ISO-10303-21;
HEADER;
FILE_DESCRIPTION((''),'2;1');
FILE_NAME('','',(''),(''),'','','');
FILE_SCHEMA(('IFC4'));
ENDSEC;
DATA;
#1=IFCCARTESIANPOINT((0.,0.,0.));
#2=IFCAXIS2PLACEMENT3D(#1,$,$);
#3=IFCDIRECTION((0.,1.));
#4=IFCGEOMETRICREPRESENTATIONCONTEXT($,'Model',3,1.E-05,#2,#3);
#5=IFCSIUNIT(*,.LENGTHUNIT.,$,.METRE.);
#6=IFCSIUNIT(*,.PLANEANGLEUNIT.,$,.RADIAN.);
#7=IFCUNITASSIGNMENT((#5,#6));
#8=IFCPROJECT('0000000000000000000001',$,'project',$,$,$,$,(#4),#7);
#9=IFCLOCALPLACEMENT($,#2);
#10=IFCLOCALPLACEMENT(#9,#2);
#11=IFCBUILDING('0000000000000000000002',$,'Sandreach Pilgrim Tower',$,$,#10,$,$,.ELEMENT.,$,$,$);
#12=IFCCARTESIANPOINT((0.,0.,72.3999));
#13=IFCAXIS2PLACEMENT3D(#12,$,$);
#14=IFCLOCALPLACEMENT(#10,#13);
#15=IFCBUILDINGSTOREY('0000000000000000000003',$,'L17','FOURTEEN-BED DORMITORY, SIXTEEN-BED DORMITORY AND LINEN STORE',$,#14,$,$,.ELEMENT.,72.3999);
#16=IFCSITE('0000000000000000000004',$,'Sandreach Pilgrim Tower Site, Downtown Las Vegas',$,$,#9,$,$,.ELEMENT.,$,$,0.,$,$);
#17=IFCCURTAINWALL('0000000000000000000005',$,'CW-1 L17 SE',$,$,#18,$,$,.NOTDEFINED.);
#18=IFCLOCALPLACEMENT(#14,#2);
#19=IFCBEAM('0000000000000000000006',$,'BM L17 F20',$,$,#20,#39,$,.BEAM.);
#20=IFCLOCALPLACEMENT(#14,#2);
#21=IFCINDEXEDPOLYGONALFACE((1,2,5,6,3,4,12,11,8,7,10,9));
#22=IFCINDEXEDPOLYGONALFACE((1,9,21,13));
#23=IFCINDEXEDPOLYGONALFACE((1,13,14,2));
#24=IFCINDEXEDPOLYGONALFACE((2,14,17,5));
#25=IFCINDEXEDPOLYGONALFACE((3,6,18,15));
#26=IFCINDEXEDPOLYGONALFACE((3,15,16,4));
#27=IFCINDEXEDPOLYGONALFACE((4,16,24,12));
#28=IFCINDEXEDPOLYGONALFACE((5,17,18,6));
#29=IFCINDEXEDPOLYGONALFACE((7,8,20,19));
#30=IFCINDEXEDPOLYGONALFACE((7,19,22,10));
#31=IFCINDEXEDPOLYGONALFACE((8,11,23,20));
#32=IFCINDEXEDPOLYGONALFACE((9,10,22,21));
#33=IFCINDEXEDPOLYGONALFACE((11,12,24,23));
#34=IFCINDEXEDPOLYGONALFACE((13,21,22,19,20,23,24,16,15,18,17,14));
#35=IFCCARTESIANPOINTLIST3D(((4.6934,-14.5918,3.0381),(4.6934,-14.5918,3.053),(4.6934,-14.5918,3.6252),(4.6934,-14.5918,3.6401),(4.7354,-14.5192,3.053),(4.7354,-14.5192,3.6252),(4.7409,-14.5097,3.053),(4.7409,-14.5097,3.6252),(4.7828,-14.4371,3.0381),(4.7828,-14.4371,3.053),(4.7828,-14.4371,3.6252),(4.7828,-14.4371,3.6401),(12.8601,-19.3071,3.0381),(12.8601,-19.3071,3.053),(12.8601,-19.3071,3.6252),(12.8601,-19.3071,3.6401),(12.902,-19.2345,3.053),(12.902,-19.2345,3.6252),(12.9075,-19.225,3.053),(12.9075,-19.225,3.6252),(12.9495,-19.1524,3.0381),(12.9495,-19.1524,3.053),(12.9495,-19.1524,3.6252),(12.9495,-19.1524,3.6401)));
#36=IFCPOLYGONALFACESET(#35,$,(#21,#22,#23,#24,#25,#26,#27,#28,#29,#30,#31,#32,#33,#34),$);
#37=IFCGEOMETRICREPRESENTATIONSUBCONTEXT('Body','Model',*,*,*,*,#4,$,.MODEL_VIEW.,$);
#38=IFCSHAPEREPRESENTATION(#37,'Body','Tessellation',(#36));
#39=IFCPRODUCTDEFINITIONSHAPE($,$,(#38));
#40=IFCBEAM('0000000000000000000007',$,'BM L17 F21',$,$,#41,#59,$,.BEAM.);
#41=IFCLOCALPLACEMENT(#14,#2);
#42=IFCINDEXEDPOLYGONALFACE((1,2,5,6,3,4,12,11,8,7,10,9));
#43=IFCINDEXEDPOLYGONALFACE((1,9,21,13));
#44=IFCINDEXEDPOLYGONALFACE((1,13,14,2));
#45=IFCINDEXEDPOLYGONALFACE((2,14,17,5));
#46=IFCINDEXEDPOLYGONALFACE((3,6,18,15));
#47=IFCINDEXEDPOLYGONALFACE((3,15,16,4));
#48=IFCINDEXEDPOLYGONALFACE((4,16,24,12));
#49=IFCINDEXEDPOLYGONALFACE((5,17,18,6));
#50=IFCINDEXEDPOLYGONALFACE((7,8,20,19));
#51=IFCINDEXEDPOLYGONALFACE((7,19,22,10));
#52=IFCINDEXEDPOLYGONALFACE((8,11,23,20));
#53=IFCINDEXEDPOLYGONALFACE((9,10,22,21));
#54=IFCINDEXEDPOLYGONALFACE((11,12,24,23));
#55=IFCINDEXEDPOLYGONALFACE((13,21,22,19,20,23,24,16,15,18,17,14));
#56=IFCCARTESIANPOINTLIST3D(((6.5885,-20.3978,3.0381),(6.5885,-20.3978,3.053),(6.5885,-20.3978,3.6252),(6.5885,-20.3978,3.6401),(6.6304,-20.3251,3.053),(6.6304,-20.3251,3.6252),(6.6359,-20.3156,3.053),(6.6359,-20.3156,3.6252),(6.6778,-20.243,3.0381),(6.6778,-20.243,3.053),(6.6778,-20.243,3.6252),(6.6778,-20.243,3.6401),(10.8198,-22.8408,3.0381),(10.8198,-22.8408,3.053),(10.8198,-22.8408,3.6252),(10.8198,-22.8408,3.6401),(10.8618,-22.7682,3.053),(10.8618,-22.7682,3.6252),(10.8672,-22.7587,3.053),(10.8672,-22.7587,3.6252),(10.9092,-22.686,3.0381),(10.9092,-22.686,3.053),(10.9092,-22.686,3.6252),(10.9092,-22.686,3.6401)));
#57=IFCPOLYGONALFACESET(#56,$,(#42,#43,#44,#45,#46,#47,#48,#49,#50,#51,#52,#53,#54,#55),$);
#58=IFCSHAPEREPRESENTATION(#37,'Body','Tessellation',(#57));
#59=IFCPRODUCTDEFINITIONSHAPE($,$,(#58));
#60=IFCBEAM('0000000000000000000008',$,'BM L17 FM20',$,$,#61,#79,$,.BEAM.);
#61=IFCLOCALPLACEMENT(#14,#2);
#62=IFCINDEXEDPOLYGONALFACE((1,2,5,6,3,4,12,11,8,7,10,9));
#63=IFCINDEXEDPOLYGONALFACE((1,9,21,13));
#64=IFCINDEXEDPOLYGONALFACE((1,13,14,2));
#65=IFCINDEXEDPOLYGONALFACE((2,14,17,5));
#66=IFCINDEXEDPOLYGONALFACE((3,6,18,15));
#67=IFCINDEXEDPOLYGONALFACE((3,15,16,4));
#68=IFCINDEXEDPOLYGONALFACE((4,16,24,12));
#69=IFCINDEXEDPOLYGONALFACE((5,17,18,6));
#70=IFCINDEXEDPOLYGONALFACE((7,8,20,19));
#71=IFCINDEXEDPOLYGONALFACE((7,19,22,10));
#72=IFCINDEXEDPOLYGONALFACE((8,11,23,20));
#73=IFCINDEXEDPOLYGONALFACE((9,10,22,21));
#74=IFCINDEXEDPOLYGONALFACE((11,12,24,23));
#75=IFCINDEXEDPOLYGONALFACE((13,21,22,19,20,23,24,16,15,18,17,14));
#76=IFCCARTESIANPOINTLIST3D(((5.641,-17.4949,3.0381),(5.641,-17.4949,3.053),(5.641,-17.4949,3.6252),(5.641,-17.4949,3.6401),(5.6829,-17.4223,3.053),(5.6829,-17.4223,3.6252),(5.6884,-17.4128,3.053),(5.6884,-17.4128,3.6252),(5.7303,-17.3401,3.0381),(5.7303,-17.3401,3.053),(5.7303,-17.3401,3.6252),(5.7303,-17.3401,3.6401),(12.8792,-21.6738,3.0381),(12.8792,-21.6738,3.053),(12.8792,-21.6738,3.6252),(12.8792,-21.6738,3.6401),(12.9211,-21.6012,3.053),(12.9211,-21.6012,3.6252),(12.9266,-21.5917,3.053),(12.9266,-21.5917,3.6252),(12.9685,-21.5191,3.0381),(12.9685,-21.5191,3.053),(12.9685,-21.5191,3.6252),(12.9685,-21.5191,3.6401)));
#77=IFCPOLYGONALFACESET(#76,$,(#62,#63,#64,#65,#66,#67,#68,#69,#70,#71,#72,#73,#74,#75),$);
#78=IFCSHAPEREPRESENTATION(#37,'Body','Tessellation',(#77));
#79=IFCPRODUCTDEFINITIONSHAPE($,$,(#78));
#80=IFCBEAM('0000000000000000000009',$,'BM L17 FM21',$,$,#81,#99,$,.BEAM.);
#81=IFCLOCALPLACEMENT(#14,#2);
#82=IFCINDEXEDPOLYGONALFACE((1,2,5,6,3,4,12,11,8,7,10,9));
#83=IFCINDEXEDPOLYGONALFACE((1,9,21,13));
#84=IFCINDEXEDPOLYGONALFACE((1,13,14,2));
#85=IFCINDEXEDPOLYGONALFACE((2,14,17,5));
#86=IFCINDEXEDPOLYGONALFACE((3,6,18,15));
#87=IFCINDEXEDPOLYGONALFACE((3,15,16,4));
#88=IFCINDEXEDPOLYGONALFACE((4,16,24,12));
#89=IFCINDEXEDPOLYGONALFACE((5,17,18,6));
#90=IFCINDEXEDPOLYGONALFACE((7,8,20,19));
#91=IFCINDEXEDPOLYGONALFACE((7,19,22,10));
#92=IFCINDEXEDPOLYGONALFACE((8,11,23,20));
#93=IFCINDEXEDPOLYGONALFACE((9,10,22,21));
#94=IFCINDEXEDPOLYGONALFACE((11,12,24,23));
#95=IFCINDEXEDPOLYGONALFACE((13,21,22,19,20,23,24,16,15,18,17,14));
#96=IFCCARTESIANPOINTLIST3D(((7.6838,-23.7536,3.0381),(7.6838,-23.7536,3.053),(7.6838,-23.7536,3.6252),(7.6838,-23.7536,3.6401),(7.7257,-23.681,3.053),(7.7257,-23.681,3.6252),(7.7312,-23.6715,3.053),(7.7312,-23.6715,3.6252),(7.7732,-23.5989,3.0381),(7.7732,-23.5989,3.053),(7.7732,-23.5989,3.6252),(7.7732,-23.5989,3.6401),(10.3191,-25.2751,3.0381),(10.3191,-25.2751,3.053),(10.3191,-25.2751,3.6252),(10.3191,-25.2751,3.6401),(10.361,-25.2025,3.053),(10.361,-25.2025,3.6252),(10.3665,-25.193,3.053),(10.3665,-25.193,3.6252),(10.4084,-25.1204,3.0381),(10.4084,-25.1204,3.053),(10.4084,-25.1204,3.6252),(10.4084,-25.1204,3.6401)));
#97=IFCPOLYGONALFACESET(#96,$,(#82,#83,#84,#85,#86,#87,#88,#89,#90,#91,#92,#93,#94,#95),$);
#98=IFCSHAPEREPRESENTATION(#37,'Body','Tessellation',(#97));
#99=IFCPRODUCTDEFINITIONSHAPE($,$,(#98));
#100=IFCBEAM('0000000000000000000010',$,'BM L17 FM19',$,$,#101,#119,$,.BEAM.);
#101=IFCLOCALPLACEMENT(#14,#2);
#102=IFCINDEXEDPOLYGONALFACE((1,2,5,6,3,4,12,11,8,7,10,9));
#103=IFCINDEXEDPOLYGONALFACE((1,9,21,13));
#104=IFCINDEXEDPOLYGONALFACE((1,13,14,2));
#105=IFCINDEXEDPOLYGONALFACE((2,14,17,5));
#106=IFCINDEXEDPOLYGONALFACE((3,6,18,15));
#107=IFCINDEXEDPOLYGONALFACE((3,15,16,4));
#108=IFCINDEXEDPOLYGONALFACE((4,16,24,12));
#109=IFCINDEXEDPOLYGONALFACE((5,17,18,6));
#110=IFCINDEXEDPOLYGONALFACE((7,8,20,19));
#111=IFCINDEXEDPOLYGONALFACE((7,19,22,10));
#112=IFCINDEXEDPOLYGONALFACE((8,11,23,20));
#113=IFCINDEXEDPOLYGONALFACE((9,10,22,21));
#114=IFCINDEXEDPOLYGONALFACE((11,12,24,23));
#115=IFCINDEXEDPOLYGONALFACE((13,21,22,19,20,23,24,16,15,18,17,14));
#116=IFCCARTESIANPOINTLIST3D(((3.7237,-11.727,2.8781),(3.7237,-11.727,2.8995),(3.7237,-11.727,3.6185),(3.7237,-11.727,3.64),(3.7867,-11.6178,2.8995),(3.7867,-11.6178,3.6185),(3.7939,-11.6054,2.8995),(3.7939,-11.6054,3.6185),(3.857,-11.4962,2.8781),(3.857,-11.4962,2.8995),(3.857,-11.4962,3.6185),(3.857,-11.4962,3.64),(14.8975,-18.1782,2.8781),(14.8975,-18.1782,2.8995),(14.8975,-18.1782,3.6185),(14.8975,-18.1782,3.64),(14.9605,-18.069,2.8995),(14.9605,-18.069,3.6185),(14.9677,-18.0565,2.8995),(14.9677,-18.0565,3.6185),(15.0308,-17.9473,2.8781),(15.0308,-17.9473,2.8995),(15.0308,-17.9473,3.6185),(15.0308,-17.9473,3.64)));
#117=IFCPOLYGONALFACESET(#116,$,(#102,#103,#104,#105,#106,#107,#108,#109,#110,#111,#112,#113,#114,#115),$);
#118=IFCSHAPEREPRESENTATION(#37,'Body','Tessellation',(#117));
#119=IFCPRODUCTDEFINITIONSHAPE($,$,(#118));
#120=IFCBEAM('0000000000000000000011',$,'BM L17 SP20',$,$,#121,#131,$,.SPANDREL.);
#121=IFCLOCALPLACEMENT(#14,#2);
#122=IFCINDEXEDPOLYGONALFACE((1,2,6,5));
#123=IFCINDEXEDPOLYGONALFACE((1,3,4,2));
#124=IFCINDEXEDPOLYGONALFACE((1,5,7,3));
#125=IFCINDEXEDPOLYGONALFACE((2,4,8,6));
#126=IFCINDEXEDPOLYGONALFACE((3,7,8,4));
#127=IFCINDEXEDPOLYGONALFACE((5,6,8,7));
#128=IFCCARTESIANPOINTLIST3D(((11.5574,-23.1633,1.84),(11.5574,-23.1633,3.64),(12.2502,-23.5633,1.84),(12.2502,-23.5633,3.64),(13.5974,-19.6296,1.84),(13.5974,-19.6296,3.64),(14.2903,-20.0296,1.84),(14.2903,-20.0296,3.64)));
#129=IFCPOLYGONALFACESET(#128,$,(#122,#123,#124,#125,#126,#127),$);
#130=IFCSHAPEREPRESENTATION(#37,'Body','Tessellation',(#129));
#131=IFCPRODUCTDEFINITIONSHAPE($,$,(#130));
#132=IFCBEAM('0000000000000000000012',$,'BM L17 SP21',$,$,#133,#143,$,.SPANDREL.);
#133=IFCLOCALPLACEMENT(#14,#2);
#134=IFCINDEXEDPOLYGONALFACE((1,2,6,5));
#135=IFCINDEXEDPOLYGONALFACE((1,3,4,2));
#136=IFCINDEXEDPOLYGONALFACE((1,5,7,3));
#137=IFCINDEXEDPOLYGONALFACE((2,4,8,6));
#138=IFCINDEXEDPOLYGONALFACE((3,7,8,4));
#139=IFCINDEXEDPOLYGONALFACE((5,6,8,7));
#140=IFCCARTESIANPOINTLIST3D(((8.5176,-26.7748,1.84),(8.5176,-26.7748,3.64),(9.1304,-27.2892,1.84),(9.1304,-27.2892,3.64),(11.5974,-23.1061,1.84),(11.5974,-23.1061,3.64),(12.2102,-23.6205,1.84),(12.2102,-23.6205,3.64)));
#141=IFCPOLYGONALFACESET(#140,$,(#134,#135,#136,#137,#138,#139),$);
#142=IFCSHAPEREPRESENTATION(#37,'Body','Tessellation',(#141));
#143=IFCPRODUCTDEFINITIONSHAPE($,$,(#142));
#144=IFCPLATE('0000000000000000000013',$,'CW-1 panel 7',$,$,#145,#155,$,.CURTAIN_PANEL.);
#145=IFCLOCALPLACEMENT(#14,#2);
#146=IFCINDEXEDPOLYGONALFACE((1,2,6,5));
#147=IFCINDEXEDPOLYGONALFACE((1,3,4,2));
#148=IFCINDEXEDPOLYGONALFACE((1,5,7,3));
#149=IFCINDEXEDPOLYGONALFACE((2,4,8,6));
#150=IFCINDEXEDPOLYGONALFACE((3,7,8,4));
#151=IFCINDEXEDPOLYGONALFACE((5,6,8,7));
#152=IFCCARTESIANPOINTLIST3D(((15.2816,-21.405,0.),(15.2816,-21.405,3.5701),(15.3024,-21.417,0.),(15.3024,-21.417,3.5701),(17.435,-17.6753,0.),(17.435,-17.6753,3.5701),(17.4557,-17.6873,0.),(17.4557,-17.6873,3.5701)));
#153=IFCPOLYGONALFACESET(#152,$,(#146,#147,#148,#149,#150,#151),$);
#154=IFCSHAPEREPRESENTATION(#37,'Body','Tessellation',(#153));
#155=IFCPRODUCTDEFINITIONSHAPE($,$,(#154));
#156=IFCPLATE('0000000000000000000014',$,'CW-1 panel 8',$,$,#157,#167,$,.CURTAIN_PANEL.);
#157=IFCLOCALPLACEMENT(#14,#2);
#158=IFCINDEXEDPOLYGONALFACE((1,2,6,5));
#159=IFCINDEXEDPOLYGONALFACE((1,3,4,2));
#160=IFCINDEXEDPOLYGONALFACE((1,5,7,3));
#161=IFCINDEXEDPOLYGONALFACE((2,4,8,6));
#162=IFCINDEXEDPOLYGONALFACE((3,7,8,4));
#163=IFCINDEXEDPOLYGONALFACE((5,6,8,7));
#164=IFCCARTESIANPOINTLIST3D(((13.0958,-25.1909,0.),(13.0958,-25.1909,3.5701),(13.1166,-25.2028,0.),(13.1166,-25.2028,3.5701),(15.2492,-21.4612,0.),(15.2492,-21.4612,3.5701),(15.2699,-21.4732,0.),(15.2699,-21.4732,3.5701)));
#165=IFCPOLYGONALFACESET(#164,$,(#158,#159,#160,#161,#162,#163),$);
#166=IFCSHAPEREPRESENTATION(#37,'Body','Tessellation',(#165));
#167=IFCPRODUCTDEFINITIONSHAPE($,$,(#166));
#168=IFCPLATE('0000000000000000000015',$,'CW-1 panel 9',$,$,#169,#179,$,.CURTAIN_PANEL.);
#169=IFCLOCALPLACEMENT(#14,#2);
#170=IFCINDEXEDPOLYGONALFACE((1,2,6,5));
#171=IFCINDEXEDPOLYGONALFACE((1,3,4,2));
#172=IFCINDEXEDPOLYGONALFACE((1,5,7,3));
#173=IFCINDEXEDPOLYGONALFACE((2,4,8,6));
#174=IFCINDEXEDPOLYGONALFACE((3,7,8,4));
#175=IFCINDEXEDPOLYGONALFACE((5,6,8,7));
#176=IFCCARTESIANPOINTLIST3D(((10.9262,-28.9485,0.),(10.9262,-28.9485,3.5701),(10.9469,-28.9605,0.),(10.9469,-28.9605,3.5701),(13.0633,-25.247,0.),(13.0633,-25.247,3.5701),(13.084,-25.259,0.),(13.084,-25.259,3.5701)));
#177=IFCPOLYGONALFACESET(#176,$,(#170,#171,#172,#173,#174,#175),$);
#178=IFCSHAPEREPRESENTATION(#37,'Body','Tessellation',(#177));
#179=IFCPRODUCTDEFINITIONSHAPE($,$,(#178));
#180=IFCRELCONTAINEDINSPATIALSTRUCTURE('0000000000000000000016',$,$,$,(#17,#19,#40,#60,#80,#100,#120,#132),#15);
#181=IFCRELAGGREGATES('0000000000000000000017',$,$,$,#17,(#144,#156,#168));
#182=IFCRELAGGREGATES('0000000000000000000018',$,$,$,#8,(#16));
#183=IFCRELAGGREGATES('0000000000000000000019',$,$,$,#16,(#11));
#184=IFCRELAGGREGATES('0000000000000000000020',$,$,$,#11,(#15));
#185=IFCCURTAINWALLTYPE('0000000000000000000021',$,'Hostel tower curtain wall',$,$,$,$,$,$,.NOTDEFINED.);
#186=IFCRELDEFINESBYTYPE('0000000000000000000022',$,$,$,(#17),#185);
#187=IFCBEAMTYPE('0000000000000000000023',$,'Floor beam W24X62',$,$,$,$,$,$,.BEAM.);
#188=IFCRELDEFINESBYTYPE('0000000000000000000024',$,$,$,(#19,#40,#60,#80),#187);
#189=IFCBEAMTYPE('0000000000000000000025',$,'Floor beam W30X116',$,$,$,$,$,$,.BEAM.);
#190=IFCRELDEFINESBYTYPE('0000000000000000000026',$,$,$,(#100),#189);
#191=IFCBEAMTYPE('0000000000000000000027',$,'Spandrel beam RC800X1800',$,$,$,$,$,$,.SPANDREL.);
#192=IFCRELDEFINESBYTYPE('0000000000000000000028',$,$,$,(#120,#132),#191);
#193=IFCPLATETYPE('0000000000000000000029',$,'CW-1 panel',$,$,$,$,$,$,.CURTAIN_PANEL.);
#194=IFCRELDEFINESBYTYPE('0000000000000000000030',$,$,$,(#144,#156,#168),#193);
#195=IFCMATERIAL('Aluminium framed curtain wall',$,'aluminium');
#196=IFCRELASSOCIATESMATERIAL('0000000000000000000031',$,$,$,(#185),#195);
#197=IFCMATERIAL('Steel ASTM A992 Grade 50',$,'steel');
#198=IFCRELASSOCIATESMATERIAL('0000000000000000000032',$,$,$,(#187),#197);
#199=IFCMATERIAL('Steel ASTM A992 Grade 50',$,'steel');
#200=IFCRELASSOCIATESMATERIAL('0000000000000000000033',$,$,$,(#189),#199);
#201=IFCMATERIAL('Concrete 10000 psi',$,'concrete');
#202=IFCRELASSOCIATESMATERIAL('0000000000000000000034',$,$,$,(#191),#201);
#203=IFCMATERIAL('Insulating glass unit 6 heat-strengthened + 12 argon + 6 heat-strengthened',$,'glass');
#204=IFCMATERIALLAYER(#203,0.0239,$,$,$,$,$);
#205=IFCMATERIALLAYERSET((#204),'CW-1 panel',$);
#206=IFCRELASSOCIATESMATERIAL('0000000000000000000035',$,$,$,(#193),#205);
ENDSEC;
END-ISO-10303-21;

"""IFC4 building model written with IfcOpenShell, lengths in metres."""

from ifc_helpers import new_model, si_unit, direction, frame, origin, origin_2d, place, context, subcontext, project, spatial, rectangle, i_section, extrude, material, layer, layer_set, material_profile, profile_set, type_object, element, aggregate, save


model = new_model("IFC4")

# Units and contexts
model_context = context("Model", 3, precision=1e-05, world=origin(), true_north=direction((0.0, 1.0)))
body_context = subcontext(model_context, "Body", "Model", "MODEL_VIEW")
ifc_project = project(units=[si_unit("LENGTHUNIT", "METRE"), si_unit("PLANEANGLEUNIT", "RADIAN")], contexts=[model_context])

# Site, building, storey
site_placement = place(None, origin())
site = spatial("IfcSite", under=ifc_project, at=site_placement, Name="Sandreach Pilgrim Tower Site, Downtown Las Vegas", CompositionType="ELEMENT", RefElevation=0.0)
building_placement = place(site_placement, origin())
building = spatial("IfcBuilding", under=site, at=building_placement, Name="Sandreach Pilgrim Tower", CompositionType="ELEMENT")
storey_placement = place(building_placement, frame((0.0, 0.0, 72.3999)))
storey = spatial("IfcBuildingStorey", under=building, at=storey_placement, Name="L17", Description="FOURTEEN-BED DORMITORY, SIXTEEN-BED DORMITORY AND LINEN STORE", CompositionType="ELEMENT", Elevation=72.3999)

# Curtain wall
ifc_material_1 = material(Name="Aluminium framed curtain wall", Category="aluminium")
curtain_wall_type = type_object("IfcCurtainWallType", Name="Hostel tower curtain wall", PredefinedType="NOTDEFINED", material=ifc_material_1)
curtain_wall_1_placement = place(storey_placement, origin())
curtain_wall_1 = element("IfcCurtainWall", 1, at=curtain_wall_1_placement, inside=storey, type_object=curtain_wall_type, Name="CW-1 L17 SE", PredefinedType="NOTDEFINED")

# Beams
ifc_material_2 = material(Name="Steel ASTM A992 Grade 50", Category="steel")
ifc_material_profile_1 = material_profile(ifc_material_2, i_section(OverallWidth=0.1787, OverallDepth=0.6021, WebThickness=0.011, FlangeThickness=0.0149, at=origin_2d()), Name="W24X62")
ifc_profile_set_1 = profile_set([ifc_material_profile_1], Name="Steel ASTM A992 Grade 50")
beam_type_1 = type_object("IfcBeamType", Name="Floor beam W24X62", PredefinedType="BEAM", material=ifc_profile_set_1)
beam_1_placement = place(storey_placement, frame((12.9048, -19.2297, 3.3391), z_axis=(-0.866014, 0.500021, 0.0), x_axis=(-0.500021, -0.866014, 0.0)))
element("IfcBeam", 2, at=beam_1_placement, inside=storey, type_object=beam_type_1, Name="BM L17 F20", PredefinedType="BEAM", context=body_context, shape_type="SweptSolid", body=[
    extrude(i_section(OverallWidth=0.1787, OverallDepth=0.6021, WebThickness=0.011, FlangeThickness=0.0149, at=origin_2d()), origin(), (0.0, 0.0, 1.0), 9.4302),
])
beam_2_placement = place(storey_placement, frame((10.8645, -22.7634, 3.3391), z_axis=(-0.866018, 0.500014, 0.0), x_axis=(-0.500014, -0.866018, 0.0)))
element("IfcBeam", 3, at=beam_2_placement, inside=storey, type_object=beam_type_1, Name="BM L17 F21", PredefinedType="BEAM", context=body_context, shape_type="SweptSolid", body=[
    extrude(i_section(OverallWidth=0.1787, OverallDepth=0.6021, WebThickness=0.011, FlangeThickness=0.0149, at=origin_2d()), origin(), (0.0, 0.0, 1.0), 4.886),
])
beam_3_placement = place(storey_placement, frame((12.9238, -21.5964, 3.3391), z_axis=(-0.866029, 0.499994, 0.0), x_axis=(-0.499994, -0.866029, 0.0)))
element("IfcBeam", 4, at=beam_3_placement, inside=storey, type_object=beam_type_1, Name="BM L17 FM20", PredefinedType="BEAM", context=body_context, shape_type="SweptSolid", body=[
    extrude(i_section(OverallWidth=0.1787, OverallDepth=0.6021, WebThickness=0.011, FlangeThickness=0.0149, at=origin_2d()), origin(), (0.0, 0.0, 1.0), 8.3579),
])
beam_4_placement = place(storey_placement, frame((10.3638, -25.1978, 3.3391), z_axis=(-0.866023, 0.500005, 0.0), x_axis=(-0.500005, -0.866023, 0.0)))
element("IfcBeam", 5, at=beam_4_placement, inside=storey, type_object=beam_type_1, Name="BM L17 FM21", PredefinedType="BEAM", context=body_context, shape_type="SweptSolid", body=[
    extrude(i_section(OverallWidth=0.1787, OverallDepth=0.6021, WebThickness=0.011, FlangeThickness=0.0149, at=origin_2d()), origin(), (0.0, 0.0, 1.0), 3.043),
])
ifc_material_3 = material(Name="Steel ASTM A992 Grade 50", Category="steel")
ifc_material_profile_2 = material_profile(ifc_material_3, i_section(OverallWidth=0.2666, OverallDepth=0.762, WebThickness=0.0144, FlangeThickness=0.0215, at=origin_2d()), Name="W30X116")
ifc_profile_set_2 = profile_set([ifc_material_profile_2], Name="Steel ASTM A992 Grade 50")
beam_type_2 = type_object("IfcBeamType", Name="Floor beam W30X116", PredefinedType="BEAM", material=ifc_profile_set_2)
beam_5_placement = place(storey_placement, frame((14.9641, -18.0627, 3.259), z_axis=(-0.866027, 0.499998, 0.0), x_axis=(-0.499998, -0.866027, 0.0)))
element("IfcBeam", 6, at=beam_5_placement, inside=storey, type_object=beam_type_2, Name="BM L17 FM19", PredefinedType="BEAM", context=body_context, shape_type="SweptSolid", body=[
    extrude(i_section(OverallWidth=0.2666, OverallDepth=0.762, WebThickness=0.0144, FlangeThickness=0.0215, at=origin_2d()), origin(), (0.0, 0.0, 1.0), 12.9023),
])
ifc_material_4 = material(Name="Concrete 10000 psi", Category="concrete")
ifc_material_profile_3 = material_profile(ifc_material_4, rectangle(XDim=0.8, YDim=1.8, at=origin_2d()), Name="RC800X1800")
ifc_profile_set_3 = profile_set([ifc_material_profile_3], Name="Concrete 10000 psi")
beam_type_3 = type_object("IfcBeamType", Name="Spandrel beam RC800X1800", PredefinedType="SPANDREL", material=ifc_profile_set_3)
beam_6_placement = place(storey_placement, frame((13.9438, -19.8296, 2.74), z_axis=(-0.499975, -0.86604, 0.0), x_axis=(0.86604, -0.499975, 0.0)))
element("IfcBeam", 7, at=beam_6_placement, inside=storey, type_object=beam_type_3, Name="BM L17 SP20", PredefinedType="SPANDREL", context=body_context, shape_type="SweptSolid", body=[
    extrude(rectangle(XDim=0.8, YDim=1.8, at=origin_2d()), origin(), (0.0, 0.0, 1.0), 4.0803),
])
beam_7_placement = place(storey_placement, frame((11.9038, -23.3633, 2.74), z_axis=(-0.642963, -0.765898, 0.0), x_axis=(0.765898, -0.642963, 0.0)))
element("IfcBeam", 8, at=beam_7_placement, inside=storey, type_object=beam_type_3, Name="BM L17 SP21", PredefinedType="SPANDREL", context=body_context, shape_type="SweptSolid", body=[
    extrude(rectangle(XDim=0.8, YDim=1.8, at=origin_2d()), origin(), (0.0, 0.0, 1.0), 4.79),
])

# Plates
ifc_material_5 = material(Name="Insulating glass unit 6 heat-strengthened + 12 argon + 6 heat-strengthened", Category="glass")
ifc_layer_1 = layer(ifc_material_5, 0.0239)
ifc_layer_set_1 = layer_set([ifc_layer_1], Name="CW-1 panel")
plate_type = type_object("IfcPlateType", Name="CW-1 panel", PredefinedType="CURTAIN_PANEL", material=ifc_layer_set_1)
plate_1_placement = place(storey_placement, frame((16.3687, -19.5461, 0.0), z_axis=(0.0, 0.0, 1.0), x_axis=(-0.5, -0.866025, 0.0)))
plate_1 = element("IfcPlate", 9, at=plate_1_placement, type_object=plate_type, Name="CW-1 panel 7", PredefinedType="CURTAIN_PANEL", context=body_context, shape_type="SweptSolid", body=[
    extrude(rectangle(XDim=4.3066, YDim=0.0239, at=origin_2d()), origin(), (0.0, 0.0, 1.0), 3.5701),
])
plate_2_placement = place(storey_placement, frame((14.1829, -23.332, 0.0), z_axis=(0.0, 0.0, 1.0), x_axis=(-0.5, -0.866025, 0.0)))
plate_2 = element("IfcPlate", 10, at=plate_2_placement, type_object=plate_type, Name="CW-1 panel 8", PredefinedType="CURTAIN_PANEL", context=body_context, shape_type="SweptSolid", body=[
    extrude(rectangle(XDim=4.3066, YDim=0.0239, at=origin_2d()), origin(), (0.0, 0.0, 1.0), 3.5701),
])
plate_3_placement = place(storey_placement, frame((12.0051, -27.1038, 0.0), z_axis=(0.0, 0.0, 1.0), x_axis=(-0.5, -0.866025, 0.0)))
plate_3 = element("IfcPlate", 11, at=plate_3_placement, type_object=plate_type, Name="CW-1 panel 9", PredefinedType="CURTAIN_PANEL", context=body_context, shape_type="SweptSolid", body=[
    extrude(rectangle(XDim=4.2742, YDim=0.0239, at=origin_2d()), origin(), (0.0, 0.0, 1.0), 3.5701),
])
aggregate(curtain_wall_1, [plate_1, plate_2, plate_3])

save(model, "model.ifc")
